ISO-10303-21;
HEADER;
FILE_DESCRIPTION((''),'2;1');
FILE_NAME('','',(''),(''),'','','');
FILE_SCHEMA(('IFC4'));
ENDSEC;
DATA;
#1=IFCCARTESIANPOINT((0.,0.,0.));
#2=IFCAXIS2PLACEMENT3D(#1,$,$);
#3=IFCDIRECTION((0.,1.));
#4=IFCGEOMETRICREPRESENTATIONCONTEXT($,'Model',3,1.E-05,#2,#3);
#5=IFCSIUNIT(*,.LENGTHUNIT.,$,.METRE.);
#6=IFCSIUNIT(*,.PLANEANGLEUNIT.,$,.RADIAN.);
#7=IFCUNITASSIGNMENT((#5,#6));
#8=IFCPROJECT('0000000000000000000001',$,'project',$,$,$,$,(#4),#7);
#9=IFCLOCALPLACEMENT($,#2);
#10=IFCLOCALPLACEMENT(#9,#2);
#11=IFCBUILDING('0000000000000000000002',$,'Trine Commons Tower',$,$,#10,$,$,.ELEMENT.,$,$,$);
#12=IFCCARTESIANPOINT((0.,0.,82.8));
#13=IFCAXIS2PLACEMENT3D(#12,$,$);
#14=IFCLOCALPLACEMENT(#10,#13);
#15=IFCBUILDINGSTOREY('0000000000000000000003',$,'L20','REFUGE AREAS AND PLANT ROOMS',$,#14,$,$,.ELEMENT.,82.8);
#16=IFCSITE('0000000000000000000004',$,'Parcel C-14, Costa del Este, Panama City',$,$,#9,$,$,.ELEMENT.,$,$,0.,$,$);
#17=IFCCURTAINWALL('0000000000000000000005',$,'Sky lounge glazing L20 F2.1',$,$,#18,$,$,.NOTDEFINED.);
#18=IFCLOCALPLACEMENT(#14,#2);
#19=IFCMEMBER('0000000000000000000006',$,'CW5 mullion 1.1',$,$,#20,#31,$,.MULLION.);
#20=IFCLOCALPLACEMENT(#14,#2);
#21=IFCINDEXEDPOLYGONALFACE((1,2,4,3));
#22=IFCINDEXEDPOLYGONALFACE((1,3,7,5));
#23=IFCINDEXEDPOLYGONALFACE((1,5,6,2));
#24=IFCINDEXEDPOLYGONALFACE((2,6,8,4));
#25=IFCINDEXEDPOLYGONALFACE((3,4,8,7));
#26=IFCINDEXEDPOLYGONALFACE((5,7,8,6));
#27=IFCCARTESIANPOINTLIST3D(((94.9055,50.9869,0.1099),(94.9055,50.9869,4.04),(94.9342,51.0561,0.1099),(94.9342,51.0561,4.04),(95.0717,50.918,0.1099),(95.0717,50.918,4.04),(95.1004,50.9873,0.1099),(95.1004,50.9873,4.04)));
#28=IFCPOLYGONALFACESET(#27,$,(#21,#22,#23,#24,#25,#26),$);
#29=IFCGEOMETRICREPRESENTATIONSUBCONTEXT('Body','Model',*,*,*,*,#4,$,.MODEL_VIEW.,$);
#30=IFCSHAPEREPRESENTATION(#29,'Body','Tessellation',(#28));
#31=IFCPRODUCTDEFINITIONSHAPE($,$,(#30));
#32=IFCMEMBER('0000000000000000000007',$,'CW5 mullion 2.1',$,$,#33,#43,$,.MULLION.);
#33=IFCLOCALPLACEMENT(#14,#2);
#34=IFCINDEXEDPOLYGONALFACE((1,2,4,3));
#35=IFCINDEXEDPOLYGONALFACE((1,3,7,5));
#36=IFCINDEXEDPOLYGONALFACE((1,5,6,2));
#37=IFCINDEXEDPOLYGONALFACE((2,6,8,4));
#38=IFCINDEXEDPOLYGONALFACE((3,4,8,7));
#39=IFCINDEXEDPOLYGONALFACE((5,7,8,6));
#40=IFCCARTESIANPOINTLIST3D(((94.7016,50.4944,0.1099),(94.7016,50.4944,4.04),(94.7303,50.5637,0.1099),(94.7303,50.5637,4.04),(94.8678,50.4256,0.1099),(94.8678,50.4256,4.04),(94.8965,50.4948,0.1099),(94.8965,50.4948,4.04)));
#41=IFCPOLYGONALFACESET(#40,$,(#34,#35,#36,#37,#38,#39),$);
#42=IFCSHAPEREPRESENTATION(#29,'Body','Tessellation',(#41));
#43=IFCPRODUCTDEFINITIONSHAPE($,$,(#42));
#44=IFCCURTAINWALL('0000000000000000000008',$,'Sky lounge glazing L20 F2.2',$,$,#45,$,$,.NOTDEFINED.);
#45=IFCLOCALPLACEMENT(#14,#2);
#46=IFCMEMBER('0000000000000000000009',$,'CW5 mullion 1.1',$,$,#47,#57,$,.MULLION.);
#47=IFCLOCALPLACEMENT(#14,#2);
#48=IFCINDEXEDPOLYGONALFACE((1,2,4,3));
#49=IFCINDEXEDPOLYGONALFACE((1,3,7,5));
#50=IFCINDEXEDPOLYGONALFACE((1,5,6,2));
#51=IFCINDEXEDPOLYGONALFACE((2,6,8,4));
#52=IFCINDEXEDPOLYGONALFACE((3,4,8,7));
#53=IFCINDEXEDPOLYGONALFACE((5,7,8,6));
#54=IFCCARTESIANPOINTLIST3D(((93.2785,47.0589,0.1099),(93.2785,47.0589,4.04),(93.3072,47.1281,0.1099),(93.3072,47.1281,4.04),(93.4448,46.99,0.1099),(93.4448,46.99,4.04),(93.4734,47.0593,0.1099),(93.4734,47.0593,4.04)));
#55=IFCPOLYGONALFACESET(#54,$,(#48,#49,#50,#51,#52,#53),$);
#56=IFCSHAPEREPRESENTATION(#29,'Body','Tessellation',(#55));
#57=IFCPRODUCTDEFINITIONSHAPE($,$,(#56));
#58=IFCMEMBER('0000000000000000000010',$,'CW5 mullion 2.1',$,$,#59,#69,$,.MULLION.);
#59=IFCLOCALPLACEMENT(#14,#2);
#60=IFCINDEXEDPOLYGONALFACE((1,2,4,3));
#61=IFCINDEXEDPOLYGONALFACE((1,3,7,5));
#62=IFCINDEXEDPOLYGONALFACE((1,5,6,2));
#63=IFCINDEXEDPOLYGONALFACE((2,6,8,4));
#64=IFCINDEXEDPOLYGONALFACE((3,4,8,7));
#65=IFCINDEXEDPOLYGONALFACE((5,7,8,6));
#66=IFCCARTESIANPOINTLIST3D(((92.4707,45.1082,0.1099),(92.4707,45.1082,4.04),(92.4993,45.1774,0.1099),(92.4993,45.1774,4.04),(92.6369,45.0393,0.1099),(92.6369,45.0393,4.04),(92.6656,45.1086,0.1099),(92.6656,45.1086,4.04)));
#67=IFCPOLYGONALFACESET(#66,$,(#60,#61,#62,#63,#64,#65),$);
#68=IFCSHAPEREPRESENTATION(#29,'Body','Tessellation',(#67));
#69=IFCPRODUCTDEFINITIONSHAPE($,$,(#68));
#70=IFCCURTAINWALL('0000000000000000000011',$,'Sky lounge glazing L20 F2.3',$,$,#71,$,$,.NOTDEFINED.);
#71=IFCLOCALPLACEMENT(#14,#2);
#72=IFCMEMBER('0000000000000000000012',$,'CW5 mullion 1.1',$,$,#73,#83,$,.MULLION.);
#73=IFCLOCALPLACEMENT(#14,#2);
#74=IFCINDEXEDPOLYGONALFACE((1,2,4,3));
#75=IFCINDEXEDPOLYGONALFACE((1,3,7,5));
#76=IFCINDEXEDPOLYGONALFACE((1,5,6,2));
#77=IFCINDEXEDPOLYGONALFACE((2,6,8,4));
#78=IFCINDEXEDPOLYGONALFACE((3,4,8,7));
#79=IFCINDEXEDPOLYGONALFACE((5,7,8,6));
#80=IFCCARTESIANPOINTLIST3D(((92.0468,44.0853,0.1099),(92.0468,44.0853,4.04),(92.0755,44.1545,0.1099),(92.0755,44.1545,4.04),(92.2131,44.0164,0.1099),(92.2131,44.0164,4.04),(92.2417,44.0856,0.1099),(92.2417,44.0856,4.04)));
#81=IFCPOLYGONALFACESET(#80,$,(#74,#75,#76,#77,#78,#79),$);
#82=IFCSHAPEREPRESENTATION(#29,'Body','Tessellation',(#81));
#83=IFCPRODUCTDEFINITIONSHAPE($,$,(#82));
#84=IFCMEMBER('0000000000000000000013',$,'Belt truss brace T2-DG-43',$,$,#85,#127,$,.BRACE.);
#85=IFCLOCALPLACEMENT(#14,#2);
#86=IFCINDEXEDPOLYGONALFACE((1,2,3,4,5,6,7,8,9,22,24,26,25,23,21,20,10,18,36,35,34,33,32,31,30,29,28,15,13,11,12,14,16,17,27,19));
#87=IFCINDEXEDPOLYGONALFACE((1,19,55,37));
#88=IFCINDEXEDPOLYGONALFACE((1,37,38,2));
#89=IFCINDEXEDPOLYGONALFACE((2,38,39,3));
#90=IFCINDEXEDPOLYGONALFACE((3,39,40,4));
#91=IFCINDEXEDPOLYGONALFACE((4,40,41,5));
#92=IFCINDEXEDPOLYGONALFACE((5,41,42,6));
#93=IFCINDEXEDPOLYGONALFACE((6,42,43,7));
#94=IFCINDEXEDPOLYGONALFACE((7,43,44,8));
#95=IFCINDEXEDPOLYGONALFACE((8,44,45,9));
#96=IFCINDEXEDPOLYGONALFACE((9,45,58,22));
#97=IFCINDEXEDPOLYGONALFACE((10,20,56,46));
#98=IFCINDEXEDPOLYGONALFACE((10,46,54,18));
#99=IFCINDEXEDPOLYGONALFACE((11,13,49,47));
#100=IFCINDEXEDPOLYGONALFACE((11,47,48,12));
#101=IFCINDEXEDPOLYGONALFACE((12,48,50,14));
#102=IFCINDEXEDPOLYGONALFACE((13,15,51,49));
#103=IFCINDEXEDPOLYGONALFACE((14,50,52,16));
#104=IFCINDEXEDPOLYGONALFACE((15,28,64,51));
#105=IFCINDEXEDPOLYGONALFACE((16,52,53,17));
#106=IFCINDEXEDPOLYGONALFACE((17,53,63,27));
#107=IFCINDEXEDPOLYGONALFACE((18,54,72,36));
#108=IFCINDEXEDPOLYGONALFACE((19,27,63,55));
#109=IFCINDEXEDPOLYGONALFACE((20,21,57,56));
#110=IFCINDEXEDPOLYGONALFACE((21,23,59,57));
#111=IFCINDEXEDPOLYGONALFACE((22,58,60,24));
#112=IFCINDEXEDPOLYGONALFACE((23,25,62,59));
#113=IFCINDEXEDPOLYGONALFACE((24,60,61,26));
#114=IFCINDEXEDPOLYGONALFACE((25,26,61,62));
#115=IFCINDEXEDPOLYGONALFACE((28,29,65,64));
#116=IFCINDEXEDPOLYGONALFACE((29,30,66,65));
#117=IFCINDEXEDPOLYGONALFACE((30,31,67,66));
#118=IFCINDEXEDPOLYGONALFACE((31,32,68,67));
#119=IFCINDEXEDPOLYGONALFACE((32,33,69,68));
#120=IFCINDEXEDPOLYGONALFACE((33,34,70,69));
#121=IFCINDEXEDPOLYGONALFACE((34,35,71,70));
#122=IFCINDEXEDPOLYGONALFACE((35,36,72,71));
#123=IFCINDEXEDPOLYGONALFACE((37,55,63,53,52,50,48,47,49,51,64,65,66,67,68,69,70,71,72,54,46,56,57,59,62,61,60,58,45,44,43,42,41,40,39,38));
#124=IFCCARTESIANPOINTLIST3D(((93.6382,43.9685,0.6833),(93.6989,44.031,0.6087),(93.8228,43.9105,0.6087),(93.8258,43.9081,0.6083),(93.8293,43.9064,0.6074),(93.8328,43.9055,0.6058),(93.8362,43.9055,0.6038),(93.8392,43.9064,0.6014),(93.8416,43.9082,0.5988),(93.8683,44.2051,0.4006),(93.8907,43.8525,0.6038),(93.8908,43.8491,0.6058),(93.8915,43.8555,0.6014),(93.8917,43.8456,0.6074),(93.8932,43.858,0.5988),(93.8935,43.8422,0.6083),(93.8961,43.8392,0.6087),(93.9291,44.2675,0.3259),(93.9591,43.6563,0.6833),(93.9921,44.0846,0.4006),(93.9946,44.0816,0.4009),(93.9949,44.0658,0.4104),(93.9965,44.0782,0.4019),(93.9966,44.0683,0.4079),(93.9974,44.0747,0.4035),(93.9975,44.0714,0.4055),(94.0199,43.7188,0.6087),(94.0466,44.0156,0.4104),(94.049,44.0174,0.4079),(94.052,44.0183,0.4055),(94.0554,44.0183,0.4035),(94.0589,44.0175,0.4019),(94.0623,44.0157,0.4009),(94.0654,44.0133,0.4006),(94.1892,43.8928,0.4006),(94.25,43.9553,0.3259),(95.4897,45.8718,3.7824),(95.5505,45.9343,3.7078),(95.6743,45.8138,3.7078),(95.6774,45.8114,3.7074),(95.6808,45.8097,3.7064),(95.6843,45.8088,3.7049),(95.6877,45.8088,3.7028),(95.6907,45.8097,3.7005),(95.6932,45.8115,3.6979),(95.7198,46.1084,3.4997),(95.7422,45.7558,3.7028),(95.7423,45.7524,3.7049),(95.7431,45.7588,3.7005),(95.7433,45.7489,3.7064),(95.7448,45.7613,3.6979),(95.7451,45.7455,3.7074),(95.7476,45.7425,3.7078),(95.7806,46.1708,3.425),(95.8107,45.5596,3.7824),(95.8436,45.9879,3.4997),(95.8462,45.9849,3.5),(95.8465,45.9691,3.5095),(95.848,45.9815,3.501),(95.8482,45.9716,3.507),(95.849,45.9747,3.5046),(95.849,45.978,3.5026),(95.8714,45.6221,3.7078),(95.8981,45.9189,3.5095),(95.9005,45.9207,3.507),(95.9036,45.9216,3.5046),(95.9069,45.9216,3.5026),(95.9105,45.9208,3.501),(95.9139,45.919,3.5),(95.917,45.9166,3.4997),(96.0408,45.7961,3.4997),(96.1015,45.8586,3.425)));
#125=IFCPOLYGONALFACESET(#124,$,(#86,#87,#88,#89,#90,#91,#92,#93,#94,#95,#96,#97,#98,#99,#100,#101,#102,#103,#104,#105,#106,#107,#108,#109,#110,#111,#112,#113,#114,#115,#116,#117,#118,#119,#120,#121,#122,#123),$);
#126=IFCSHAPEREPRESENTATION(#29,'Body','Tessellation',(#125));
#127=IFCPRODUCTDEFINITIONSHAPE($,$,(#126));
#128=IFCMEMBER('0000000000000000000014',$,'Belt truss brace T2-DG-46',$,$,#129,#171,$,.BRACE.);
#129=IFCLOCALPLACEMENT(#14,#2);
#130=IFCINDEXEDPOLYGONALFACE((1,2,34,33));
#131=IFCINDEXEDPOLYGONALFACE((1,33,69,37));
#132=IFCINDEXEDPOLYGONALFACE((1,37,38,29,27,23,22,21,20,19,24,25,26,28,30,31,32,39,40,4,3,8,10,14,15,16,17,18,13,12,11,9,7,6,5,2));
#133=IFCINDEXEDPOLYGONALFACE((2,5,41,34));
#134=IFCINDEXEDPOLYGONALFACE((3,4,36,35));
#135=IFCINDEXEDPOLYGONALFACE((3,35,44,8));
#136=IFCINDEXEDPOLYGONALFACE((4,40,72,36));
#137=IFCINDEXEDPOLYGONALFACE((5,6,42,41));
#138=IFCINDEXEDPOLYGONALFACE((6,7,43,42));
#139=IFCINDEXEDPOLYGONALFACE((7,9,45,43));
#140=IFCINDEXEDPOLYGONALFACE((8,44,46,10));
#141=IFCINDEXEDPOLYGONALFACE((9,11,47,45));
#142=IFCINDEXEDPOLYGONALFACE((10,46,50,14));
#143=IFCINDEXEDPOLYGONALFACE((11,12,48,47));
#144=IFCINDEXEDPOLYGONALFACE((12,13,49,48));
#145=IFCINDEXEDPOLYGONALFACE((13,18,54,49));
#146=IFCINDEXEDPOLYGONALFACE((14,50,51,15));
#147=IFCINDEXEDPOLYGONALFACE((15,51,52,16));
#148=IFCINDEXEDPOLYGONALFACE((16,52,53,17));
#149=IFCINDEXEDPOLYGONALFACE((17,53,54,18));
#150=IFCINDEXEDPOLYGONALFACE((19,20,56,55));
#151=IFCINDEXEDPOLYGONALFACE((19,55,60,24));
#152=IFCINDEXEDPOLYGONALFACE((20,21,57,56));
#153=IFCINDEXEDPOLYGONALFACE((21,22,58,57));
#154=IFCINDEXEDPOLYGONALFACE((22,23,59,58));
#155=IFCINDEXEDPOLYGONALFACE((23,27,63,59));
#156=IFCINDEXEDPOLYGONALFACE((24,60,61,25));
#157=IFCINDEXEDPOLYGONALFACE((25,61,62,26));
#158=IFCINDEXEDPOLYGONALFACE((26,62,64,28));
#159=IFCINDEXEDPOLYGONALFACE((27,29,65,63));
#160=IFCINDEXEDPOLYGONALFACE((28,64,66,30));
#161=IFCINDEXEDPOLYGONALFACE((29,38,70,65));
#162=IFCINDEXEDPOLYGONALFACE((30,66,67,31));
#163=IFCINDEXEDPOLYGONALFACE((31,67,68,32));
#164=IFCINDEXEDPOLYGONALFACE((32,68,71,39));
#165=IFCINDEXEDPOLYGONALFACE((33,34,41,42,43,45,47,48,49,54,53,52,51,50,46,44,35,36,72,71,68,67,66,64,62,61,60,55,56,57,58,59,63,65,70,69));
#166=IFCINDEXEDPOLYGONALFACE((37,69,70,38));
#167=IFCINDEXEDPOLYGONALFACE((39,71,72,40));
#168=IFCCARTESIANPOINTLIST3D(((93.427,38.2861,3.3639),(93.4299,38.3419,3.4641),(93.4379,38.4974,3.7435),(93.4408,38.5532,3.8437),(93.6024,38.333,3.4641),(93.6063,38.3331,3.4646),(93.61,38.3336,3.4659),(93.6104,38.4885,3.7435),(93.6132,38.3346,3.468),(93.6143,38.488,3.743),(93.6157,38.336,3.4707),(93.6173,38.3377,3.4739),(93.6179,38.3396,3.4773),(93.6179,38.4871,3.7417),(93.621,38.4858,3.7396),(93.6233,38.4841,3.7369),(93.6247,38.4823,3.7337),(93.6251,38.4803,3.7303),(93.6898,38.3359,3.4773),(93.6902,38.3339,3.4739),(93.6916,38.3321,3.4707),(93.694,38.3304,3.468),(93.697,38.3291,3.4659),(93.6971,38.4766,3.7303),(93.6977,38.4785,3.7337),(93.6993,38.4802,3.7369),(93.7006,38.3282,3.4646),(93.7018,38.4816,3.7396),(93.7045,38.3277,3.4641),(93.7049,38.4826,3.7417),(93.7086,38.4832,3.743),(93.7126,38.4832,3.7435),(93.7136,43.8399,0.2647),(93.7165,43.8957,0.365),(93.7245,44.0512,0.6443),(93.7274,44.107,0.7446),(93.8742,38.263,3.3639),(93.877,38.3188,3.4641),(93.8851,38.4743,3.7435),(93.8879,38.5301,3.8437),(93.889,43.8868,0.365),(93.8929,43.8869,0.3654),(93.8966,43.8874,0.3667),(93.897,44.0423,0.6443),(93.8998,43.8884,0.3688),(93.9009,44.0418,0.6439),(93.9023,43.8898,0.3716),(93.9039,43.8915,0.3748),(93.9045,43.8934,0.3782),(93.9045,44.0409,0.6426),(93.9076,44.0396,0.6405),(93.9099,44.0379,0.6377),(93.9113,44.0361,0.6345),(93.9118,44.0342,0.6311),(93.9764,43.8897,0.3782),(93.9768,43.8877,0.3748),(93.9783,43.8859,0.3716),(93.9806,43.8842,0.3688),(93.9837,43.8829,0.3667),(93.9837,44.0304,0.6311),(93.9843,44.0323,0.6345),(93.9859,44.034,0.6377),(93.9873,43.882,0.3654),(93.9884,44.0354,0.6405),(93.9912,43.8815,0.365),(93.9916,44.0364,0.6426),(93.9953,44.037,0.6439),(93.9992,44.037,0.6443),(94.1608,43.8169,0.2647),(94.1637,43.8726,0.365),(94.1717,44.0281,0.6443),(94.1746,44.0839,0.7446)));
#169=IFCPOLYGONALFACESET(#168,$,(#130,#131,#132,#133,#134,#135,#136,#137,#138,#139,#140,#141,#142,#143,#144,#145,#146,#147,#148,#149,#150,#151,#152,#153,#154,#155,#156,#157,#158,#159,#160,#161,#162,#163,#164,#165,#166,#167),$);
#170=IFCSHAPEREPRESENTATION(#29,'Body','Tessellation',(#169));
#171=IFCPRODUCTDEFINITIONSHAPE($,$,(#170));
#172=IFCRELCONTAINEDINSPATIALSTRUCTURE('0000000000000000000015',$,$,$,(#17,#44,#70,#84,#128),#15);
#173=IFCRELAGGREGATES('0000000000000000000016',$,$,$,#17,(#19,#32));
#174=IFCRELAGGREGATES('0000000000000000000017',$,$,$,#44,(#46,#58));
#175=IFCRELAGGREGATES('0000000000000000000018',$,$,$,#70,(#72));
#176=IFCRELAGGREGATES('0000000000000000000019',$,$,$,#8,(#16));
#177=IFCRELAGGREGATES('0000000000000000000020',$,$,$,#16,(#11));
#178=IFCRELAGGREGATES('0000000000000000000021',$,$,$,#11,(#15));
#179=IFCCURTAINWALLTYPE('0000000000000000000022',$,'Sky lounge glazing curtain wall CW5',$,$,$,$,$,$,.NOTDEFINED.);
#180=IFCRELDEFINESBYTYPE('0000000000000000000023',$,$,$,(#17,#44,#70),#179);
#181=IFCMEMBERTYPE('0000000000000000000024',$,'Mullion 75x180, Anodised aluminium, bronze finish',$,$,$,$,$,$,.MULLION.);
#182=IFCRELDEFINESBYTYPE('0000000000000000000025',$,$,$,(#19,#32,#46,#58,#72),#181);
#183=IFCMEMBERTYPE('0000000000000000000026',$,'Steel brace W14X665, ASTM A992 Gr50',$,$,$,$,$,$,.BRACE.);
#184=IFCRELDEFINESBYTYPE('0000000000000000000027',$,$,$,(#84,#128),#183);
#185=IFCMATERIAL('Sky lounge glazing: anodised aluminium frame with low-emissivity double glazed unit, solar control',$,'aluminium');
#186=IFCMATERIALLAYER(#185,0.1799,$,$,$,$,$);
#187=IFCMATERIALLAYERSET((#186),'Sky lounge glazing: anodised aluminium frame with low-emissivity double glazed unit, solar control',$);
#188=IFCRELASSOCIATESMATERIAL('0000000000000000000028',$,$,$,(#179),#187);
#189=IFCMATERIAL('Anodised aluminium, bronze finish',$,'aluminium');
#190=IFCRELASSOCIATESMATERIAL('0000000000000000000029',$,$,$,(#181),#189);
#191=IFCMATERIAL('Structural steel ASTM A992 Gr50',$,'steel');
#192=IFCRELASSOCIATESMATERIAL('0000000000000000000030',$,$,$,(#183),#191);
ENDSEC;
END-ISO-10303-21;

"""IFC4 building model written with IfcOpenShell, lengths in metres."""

from ifc_helpers import new_model, si_unit, direction, frame, origin, origin_2d, place, context, subcontext, project, spatial, rectangle, i_section, extrude, material, layer, layer_set, material_profile, profile_set, type_object, element, aggregate, save


model = new_model("IFC4")

# Units and contexts
model_context = context("Model", 3, precision=1e-05, world=origin(), true_north=direction((0.0, 1.0)))
body_context = subcontext(model_context, "Body", "Model", "MODEL_VIEW")
ifc_project = project(units=[si_unit("LENGTHUNIT", "METRE"), si_unit("PLANEANGLEUNIT", "RADIAN")], contexts=[model_context])

# Site, building, storey
site_placement = place(None, origin())
site = spatial("IfcSite", under=ifc_project, at=site_placement, Name="Parcel C-14, Costa del Este, Panama City", CompositionType="ELEMENT", RefElevation=0.0)
building_placement = place(site_placement, origin())
building = spatial("IfcBuilding", under=site, at=building_placement, Name="Trine Commons Tower", CompositionType="ELEMENT")
storey_placement = place(building_placement, frame((0.0, 0.0, 82.8)))
storey = spatial("IfcBuildingStorey", under=building, at=storey_placement, Name="L20", Description="REFUGE AREAS AND PLANT ROOMS", CompositionType="ELEMENT", Elevation=82.8)

# Curtain walls, members
ifc_material_1 = material(Name="Sky lounge glazing: anodised aluminium frame with low-emissivity double glazed unit, solar control", Category="aluminium")
ifc_layer_1 = layer(ifc_material_1, 0.1799)
ifc_layer_set_1 = layer_set([ifc_layer_1], Name="Sky lounge glazing: anodised aluminium frame with low-emissivity double glazed unit, solar control")
curtain_wall_type = type_object("IfcCurtainWallType", Name="Sky lounge glazing curtain wall CW5", PredefinedType="NOTDEFINED", material=ifc_layer_set_1)
curtain_wall_1_placement = place(storey_placement, origin())
curtain_wall_1 = element("IfcCurtainWall", 1, at=curtain_wall_1_placement, inside=storey, type_object=curtain_wall_type, Name="Sky lounge glazing L20 F2.1", PredefinedType="NOTDEFINED")
ifc_material_2 = material(Name="Anodised aluminium, bronze finish", Category="aluminium")
ifc_material_profile_1 = material_profile(ifc_material_2, rectangle(XDim=0.1799, YDim=0.075, at=origin_2d()), Name="Mullion 75x180")
ifc_profile_set_1 = profile_set([ifc_material_profile_1], Name="Anodised aluminium, bronze finish")
member_type_1 = type_object("IfcMemberType", Name="Mullion 75x180, Anodised aluminium, bronze finish", PredefinedType="MULLION", material=ifc_profile_set_1)
member_1_placement = place(storey_placement, frame((95.0029, 50.9871, 0.1099), z_axis=(0.0, 0.0, 1.0), x_axis=(0.92388, -0.382683, 0.0)))
member_1 = element("IfcMember", 2, at=member_1_placement, type_object=member_type_1, Name="CW5 mullion 1.1", PredefinedType="MULLION", context=body_context, shape_type="SweptSolid", body=[
    extrude(rectangle(XDim=0.1799, YDim=0.075, at=origin_2d()), origin(), (0.0, 0.0, 1.0), 3.9302),
])
member_2_placement = place(storey_placement, frame((94.7991, 50.4946, 0.1099), z_axis=(0.0, 0.0, 1.0), x_axis=(0.92388, -0.382683, 0.0)))
member_2 = element("IfcMember", 3, at=member_2_placement, type_object=member_type_1, Name="CW5 mullion 2.1", PredefinedType="MULLION", context=body_context, shape_type="SweptSolid", body=[
    extrude(rectangle(XDim=0.1799, YDim=0.075, at=origin_2d()), origin(), (0.0, 0.0, 1.0), 3.9302),
])
curtain_wall_2_placement = place(storey_placement, origin())
curtain_wall_2 = element("IfcCurtainWall", 4, at=curtain_wall_2_placement, inside=storey, type_object=curtain_wall_type, Name="Sky lounge glazing L20 F2.2", PredefinedType="NOTDEFINED")
member_3_placement = place(storey_placement, frame((93.376, 47.0591, 0.1099), z_axis=(0.0, 0.0, 1.0), x_axis=(0.92388, -0.382683, 0.0)))
member_3 = element("IfcMember", 5, at=member_3_placement, type_object=member_type_1, Name="CW5 mullion 1.1", PredefinedType="MULLION", context=body_context, shape_type="SweptSolid", body=[
    extrude(rectangle(XDim=0.1799, YDim=0.075, at=origin_2d()), origin(), (0.0, 0.0, 1.0), 3.9302),
])
member_4_placement = place(storey_placement, frame((92.5681, 45.1084, 0.1099), z_axis=(0.0, 0.0, 1.0), x_axis=(0.92388, -0.382683, 0.0)))
member_4 = element("IfcMember", 6, at=member_4_placement, type_object=member_type_1, Name="CW5 mullion 2.1", PredefinedType="MULLION", context=body_context, shape_type="SweptSolid", body=[
    extrude(rectangle(XDim=0.1799, YDim=0.075, at=origin_2d()), origin(), (0.0, 0.0, 1.0), 3.9302),
])

# Curtain wall, member
curtain_wall_3_placement = place(storey_placement, origin())
curtain_wall_3 = element("IfcCurtainWall", 7, at=curtain_wall_3_placement, inside=storey, type_object=curtain_wall_type, Name="Sky lounge glazing L20 F2.3", PredefinedType="NOTDEFINED")
member_5_placement = place(storey_placement, frame((92.1443, 44.0854, 0.1099), z_axis=(0.0, 0.0, 1.0), x_axis=(0.92388, -0.382683, 0.0)))
member_5 = element("IfcMember", 8, at=member_5_placement, type_object=member_type_1, Name="CW5 mullion 1.1", PredefinedType="MULLION", context=body_context, shape_type="SweptSolid", body=[
    extrude(rectangle(XDim=0.1799, YDim=0.075, at=origin_2d()), origin(), (0.0, 0.0, 1.0), 3.9302),
])

# Members
ifc_material_3 = material(Name="Structural steel ASTM A992 Gr50", Category="steel")
ifc_material_profile_2 = material_profile(ifc_material_3, i_section(OverallWidth=0.4478, OverallDepth=0.5493, WebThickness=0.072, FlangeThickness=0.1147, FilletRadius=0.0151, at=origin_2d()), Name="W14X665")
ifc_profile_set_2 = profile_set([ifc_material_profile_2], Name="Structural steel ASTM A992 Gr50")
member_type_2 = type_object("IfcMemberType", Name="Steel brace W14X665, ASTM A992 Gr50", PredefinedType="BRACE", material=ifc_profile_set_2)
member_6_placement = place(storey_placement, frame((93.9441, 43.9619, 0.5046), z_axis=(0.453691, 0.466373, 0.759382), x_axis=(-0.716786, 0.697294, 0.0)))
element("IfcMember", 9, at=member_6_placement, inside=storey, type_object=member_type_2, Name="Belt truss brace T2-DG-43", PredefinedType="BRACE", context=body_context, shape_type="SweptSolid", body=[
    extrude(i_section(OverallWidth=0.4478, OverallDepth=0.5493, WebThickness=0.072, FlangeThickness=0.1147, FilletRadius=0.0151, at=origin_2d()), origin(), (0.0, 0.0, 1.0), 4.0811),
])
member_7_placement = place(storey_placement, frame((93.9441, 43.9619, 0.5046), z_axis=(-0.045021, -0.872354, 0.486797), x_axis=(0.998671, -0.05154, 0.0)))
element("IfcMember", 10, at=member_7_placement, inside=storey, type_object=member_type_2, Name="Belt truss brace T2-DG-46", PredefinedType="BRACE", context=body_context, shape_type="SweptSolid", body=[
    extrude(i_section(OverallWidth=0.4478, OverallDepth=0.5493, WebThickness=0.072, FlangeThickness=0.1147, FilletRadius=0.0151, at=origin_2d()), origin(), (0.0, 0.0, 1.0), 6.3665),
])

aggregate(curtain_wall_1, [member_1, member_2])
aggregate(curtain_wall_2, [member_3, member_4])
aggregate(curtain_wall_3, [member_5])

save(model, "model.ifc")
